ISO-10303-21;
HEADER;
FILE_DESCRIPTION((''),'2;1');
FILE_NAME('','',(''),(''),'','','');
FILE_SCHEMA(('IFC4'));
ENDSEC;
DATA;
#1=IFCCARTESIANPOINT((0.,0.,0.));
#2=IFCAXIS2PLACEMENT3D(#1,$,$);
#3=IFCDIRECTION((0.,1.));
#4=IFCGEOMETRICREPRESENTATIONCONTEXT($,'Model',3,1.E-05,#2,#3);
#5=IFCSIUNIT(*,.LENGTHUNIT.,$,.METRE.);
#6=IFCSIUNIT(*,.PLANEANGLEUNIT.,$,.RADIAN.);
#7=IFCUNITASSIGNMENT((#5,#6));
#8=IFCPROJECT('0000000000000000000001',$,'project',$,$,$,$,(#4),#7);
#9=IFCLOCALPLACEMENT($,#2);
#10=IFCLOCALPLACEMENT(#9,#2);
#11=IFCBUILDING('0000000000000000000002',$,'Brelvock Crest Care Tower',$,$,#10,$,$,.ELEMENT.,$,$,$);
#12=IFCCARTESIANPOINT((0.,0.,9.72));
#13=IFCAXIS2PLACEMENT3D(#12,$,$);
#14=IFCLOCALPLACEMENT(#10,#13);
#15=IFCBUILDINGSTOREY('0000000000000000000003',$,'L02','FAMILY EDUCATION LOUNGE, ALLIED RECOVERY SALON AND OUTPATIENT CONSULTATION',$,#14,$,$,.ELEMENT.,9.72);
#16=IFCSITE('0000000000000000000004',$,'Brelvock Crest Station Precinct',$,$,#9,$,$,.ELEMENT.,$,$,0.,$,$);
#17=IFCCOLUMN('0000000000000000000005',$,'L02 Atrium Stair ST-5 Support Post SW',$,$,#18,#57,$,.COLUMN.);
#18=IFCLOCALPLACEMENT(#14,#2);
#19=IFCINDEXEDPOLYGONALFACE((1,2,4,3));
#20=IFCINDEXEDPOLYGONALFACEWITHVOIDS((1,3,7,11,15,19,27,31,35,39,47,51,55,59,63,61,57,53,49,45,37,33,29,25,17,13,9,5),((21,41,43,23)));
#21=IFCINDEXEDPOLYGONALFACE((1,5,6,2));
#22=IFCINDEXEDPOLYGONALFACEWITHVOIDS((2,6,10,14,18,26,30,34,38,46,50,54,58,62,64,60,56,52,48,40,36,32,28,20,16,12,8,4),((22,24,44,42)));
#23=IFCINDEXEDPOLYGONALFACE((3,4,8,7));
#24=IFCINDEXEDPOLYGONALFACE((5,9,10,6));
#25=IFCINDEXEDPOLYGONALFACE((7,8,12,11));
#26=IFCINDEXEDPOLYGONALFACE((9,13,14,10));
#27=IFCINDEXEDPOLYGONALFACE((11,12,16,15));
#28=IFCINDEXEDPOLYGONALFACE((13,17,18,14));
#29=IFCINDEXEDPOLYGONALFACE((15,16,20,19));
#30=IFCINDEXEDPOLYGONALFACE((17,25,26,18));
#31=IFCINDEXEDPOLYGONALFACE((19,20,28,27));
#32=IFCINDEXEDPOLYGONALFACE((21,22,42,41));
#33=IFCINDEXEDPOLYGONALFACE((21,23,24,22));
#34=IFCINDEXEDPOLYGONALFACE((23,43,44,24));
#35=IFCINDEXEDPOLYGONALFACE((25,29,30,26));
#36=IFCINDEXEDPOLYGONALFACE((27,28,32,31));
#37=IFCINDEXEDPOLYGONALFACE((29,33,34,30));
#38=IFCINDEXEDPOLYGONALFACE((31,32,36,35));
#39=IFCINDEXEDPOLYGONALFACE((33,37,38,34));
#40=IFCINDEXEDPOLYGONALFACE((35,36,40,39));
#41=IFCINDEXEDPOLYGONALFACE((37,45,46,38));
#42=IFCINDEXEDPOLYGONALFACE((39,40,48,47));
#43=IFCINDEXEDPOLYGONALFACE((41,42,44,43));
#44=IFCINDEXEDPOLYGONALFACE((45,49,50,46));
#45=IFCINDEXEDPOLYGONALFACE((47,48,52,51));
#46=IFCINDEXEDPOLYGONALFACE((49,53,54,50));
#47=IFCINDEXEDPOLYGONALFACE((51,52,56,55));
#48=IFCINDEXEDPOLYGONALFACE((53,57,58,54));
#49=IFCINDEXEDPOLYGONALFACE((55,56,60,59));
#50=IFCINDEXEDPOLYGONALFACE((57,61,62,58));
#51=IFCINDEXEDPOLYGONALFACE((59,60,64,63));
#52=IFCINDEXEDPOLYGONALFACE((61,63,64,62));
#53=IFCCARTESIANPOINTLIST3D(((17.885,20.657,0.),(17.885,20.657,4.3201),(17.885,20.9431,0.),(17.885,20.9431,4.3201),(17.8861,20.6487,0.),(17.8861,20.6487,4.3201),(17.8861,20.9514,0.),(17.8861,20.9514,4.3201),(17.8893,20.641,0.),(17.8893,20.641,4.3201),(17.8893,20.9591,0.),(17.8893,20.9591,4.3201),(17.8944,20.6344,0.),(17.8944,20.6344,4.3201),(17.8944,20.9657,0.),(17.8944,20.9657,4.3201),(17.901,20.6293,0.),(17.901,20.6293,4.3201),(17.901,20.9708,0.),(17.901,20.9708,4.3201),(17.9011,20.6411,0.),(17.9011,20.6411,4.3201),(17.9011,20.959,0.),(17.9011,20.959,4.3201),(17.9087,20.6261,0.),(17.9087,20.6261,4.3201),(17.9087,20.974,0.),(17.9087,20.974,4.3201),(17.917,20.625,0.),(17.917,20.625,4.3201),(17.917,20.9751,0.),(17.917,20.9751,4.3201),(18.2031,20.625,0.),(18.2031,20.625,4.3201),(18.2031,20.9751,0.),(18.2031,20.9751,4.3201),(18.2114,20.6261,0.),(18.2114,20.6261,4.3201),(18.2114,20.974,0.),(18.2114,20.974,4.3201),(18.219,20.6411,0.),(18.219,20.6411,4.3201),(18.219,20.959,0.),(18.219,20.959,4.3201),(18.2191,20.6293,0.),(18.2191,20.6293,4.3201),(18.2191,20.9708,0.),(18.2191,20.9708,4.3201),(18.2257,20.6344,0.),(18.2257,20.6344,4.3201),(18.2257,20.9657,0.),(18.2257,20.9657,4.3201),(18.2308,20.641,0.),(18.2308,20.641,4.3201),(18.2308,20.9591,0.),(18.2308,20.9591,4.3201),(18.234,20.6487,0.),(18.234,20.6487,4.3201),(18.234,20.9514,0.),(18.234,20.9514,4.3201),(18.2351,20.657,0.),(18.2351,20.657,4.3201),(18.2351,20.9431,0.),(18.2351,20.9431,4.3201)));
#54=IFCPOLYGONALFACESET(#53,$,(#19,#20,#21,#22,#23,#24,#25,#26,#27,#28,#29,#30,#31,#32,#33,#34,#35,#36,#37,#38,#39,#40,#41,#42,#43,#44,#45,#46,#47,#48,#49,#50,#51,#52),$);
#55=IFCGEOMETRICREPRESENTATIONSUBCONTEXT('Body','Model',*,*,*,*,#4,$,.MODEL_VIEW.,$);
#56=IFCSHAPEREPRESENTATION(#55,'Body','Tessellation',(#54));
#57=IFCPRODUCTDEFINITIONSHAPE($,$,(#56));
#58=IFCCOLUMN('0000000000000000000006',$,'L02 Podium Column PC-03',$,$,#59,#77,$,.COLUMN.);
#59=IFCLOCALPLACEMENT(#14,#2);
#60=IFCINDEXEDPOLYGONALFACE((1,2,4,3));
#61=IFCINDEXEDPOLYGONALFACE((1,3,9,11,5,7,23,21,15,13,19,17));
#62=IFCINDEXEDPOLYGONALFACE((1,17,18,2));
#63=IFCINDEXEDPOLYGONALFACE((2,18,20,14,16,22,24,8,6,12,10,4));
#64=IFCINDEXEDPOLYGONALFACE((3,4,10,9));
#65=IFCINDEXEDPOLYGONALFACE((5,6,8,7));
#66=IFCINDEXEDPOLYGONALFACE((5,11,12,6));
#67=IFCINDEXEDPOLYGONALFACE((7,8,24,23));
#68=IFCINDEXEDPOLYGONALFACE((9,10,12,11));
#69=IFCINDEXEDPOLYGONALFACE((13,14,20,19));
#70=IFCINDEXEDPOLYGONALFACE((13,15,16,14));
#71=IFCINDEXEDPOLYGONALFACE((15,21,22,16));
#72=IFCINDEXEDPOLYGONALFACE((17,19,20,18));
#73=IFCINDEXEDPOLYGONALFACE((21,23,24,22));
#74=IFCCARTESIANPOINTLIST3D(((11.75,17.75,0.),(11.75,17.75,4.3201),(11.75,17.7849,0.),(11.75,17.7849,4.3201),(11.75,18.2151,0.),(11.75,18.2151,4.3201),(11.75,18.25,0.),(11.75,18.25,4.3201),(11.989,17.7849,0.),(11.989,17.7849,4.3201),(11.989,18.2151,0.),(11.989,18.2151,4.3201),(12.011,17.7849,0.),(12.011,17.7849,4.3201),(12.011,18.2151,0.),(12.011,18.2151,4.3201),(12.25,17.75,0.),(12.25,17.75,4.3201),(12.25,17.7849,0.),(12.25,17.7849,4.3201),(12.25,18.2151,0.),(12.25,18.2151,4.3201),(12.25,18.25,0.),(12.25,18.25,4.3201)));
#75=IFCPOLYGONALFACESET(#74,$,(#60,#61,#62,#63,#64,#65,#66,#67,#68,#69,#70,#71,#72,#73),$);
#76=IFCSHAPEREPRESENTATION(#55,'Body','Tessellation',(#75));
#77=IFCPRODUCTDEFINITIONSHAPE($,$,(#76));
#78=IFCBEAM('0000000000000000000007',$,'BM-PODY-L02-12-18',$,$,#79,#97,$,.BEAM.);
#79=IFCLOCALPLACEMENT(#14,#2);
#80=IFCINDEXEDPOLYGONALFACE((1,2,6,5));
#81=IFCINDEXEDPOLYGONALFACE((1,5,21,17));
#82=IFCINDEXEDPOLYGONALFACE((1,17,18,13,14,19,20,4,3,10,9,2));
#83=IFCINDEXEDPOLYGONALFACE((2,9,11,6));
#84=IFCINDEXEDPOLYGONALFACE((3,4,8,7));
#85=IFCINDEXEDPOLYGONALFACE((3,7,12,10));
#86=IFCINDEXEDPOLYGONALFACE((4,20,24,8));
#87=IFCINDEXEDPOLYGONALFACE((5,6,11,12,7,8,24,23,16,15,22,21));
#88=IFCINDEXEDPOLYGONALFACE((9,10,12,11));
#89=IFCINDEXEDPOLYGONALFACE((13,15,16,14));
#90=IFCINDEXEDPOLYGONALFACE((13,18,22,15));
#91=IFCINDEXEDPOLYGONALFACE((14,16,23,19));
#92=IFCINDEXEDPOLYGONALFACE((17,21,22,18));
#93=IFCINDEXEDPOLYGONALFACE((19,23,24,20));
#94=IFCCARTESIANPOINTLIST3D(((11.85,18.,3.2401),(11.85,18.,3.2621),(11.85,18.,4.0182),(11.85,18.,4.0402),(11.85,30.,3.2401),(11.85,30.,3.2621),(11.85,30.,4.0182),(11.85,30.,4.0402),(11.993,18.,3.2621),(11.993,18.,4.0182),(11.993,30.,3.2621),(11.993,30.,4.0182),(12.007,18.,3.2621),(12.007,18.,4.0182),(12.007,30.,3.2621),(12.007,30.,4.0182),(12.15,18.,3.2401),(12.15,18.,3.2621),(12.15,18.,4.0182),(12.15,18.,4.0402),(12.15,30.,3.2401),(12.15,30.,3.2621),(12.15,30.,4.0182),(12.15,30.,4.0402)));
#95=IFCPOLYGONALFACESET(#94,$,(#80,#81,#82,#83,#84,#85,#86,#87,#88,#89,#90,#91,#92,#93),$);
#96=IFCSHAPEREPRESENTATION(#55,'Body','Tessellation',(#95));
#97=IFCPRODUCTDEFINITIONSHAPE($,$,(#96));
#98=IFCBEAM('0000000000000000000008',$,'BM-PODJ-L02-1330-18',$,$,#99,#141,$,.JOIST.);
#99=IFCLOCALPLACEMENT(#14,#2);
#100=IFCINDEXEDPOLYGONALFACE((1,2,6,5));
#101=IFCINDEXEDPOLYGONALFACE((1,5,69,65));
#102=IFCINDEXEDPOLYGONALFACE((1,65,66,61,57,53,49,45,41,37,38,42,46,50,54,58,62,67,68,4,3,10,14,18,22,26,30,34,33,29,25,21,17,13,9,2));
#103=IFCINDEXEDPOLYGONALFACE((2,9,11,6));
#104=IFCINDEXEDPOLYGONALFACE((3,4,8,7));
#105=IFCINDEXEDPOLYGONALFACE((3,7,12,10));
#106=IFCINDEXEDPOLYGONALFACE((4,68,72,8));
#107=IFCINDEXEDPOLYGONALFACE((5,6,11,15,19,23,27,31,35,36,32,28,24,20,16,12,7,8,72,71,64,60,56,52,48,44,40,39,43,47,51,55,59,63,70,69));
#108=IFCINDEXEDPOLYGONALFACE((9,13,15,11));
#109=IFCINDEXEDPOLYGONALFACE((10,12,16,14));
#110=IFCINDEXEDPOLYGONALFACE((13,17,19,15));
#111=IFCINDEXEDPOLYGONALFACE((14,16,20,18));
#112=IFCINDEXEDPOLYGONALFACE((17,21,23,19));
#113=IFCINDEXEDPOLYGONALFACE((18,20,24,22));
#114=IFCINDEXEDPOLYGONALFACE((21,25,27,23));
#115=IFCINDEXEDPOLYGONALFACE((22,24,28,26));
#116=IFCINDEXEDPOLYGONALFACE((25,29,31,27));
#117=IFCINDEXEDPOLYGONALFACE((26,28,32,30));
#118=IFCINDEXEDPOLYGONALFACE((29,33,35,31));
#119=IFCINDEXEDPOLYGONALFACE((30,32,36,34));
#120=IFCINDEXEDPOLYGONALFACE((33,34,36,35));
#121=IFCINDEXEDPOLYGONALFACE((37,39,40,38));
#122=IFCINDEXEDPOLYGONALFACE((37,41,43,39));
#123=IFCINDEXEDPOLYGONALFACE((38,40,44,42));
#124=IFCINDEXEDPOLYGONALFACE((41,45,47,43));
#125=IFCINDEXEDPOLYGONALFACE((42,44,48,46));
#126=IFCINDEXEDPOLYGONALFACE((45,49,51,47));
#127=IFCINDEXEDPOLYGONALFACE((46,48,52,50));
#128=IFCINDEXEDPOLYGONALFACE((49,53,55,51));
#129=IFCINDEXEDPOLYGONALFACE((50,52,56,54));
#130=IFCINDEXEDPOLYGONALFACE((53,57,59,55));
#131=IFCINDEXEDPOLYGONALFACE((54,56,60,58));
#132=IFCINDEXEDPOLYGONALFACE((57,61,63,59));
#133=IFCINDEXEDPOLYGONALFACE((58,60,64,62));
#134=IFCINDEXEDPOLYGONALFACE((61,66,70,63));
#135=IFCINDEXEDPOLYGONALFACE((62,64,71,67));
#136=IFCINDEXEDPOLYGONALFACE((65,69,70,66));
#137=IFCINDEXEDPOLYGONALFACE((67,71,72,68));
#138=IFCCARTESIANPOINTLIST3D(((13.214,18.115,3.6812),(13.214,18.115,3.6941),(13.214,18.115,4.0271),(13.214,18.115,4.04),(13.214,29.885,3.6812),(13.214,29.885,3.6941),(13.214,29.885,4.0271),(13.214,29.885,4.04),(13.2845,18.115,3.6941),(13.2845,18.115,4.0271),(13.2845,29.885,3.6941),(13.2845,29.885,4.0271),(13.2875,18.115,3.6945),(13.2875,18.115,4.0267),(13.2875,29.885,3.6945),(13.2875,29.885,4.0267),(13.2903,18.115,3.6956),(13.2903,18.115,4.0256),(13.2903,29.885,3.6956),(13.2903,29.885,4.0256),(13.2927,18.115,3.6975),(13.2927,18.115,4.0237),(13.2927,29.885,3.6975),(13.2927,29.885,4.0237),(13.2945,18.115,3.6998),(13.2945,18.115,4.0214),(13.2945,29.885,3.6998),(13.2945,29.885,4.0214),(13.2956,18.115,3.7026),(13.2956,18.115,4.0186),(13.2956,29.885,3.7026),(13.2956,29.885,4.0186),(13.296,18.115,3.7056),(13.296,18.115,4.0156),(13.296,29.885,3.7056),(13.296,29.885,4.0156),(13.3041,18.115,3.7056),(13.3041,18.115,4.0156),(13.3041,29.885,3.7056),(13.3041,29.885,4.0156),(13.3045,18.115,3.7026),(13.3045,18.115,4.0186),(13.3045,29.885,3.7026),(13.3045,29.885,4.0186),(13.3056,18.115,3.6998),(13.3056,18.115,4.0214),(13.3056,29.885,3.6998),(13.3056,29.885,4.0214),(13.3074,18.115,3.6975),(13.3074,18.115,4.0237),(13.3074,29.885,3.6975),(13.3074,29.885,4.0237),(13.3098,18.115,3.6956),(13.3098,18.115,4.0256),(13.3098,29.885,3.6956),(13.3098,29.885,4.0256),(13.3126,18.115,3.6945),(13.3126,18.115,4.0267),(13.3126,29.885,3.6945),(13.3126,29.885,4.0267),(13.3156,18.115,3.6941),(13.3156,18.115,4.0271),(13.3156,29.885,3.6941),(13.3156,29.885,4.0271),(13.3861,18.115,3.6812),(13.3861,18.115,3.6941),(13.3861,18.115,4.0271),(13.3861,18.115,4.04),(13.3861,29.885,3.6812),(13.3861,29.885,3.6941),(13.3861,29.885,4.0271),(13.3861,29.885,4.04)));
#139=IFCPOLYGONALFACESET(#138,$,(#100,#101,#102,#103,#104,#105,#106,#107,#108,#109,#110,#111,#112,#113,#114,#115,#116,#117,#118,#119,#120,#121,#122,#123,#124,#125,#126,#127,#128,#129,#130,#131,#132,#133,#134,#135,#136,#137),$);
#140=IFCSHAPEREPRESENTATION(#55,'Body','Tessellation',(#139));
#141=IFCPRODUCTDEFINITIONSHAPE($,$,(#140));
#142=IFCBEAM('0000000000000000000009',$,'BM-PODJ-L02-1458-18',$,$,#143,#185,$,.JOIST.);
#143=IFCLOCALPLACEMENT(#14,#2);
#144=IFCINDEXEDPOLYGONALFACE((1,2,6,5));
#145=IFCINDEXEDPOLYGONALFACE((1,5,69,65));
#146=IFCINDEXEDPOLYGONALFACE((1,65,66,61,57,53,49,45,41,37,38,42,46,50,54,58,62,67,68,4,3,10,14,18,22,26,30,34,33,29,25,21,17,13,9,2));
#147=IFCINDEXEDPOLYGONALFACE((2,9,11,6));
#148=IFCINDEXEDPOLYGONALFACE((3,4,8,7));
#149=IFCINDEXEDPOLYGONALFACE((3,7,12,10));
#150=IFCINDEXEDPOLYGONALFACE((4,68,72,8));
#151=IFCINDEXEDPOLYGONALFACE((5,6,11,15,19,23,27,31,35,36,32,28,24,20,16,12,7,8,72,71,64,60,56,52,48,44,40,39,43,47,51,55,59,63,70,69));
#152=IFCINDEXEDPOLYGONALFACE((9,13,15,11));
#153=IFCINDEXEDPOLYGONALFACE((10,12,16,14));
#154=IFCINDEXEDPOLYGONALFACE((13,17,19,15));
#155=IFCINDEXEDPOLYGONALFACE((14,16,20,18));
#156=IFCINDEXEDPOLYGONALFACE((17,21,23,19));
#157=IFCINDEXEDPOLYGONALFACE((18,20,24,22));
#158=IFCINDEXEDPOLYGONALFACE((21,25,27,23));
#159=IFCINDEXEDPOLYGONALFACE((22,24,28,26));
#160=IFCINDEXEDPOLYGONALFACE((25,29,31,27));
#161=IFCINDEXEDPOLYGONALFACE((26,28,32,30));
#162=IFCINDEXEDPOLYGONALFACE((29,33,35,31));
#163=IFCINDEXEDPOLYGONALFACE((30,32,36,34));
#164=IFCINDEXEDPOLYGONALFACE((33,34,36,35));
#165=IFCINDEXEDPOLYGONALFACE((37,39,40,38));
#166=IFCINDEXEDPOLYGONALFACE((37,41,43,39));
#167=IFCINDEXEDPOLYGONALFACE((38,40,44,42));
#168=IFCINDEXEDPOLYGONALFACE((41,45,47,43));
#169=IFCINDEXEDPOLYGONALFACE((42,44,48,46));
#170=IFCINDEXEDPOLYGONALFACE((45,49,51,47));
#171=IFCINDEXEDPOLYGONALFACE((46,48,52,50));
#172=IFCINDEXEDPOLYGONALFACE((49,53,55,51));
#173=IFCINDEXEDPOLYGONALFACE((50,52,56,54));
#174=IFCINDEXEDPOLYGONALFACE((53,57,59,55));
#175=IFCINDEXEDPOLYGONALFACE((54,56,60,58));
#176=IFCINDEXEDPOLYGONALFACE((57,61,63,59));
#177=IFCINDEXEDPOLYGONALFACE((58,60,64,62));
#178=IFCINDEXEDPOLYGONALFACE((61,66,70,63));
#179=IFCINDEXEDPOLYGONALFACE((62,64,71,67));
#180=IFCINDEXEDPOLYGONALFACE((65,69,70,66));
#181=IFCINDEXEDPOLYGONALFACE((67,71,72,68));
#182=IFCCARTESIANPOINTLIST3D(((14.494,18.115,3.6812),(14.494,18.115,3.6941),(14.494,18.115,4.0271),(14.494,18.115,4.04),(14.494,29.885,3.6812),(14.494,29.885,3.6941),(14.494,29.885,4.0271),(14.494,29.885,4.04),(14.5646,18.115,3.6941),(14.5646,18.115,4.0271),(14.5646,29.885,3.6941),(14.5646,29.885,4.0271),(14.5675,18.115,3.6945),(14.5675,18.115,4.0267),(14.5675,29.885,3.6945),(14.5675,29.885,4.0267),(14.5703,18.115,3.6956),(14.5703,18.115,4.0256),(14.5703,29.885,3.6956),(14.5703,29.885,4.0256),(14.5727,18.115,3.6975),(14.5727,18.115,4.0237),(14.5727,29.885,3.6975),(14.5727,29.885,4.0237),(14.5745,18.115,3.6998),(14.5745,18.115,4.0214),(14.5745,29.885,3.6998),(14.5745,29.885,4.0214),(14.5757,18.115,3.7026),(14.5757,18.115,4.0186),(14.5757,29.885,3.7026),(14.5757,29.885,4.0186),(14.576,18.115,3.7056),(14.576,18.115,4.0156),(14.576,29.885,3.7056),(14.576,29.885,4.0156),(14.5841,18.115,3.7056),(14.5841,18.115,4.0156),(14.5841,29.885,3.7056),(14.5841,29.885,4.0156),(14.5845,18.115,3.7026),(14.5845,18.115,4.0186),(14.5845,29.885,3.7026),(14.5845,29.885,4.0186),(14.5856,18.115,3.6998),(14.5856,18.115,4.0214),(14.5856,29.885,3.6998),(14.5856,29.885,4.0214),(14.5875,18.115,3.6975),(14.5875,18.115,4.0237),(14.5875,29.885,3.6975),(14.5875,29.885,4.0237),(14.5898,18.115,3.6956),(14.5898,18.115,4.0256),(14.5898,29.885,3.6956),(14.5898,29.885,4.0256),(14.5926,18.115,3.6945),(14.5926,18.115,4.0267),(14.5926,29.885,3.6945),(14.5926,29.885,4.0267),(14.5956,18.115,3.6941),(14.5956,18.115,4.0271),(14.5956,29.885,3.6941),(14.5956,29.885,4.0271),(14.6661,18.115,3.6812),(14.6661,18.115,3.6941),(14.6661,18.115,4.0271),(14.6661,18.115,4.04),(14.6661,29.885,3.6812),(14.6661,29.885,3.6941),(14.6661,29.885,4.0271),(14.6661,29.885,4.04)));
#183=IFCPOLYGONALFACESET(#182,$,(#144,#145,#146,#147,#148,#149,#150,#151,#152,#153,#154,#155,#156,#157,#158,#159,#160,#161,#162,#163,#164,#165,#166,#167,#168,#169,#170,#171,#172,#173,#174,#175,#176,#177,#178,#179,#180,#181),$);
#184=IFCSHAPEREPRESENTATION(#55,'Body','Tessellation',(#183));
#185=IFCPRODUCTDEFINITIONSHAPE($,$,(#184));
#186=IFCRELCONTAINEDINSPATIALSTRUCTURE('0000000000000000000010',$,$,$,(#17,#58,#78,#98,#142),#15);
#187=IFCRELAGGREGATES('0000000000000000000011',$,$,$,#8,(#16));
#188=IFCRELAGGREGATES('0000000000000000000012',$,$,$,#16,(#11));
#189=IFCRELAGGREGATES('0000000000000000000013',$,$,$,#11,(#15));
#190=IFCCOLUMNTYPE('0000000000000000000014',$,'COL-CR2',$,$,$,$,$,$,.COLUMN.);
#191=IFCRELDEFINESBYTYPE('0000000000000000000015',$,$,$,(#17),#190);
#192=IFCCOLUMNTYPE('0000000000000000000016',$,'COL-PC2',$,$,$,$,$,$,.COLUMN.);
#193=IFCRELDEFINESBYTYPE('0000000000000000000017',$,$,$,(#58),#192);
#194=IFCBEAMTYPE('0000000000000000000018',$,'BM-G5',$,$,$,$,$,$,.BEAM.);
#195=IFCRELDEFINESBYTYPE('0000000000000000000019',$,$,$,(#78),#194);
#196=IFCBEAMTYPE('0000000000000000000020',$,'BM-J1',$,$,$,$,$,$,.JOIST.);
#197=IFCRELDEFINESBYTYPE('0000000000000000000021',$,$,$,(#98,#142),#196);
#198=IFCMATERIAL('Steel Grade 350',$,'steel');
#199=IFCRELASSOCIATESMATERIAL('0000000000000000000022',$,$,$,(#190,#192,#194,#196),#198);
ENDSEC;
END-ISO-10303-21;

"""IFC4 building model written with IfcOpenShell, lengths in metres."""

from ifc_helpers import new_model, si_unit, direction, frame, origin, origin_2d, place, context, subcontext, project, spatial, hollow_rectangle, i_section, extrude, source, transform, mapped, material, material_profile, profile_set, type_object, element, save


model = new_model("IFC4")

# Units and contexts
model_context = context("Model", 3, precision=1e-05, world=origin(), true_north=direction((0.0, 1.0)))
body_context = subcontext(model_context, "Body", "Model", "MODEL_VIEW")
ifc_project = project(units=[si_unit("LENGTHUNIT", "METRE"), si_unit("PLANEANGLEUNIT", "RADIAN")], contexts=[model_context])

# Site, building, storey
site_placement = place(None, origin())
site = spatial("IfcSite", under=ifc_project, at=site_placement, Name="Brelvock Crest Station Precinct", CompositionType="ELEMENT", RefElevation=0.0)
building_placement = place(site_placement, origin())
building = spatial("IfcBuilding", under=site, at=building_placement, Name="Brelvock Crest Care Tower", CompositionType="ELEMENT")
storey_placement = place(building_placement, frame((0.0, 0.0, 9.72)))
storey = spatial("IfcBuildingStorey", under=building, at=storey_placement, Name="L02", Description="FAMILY EDUCATION LOUNGE, ALLIED RECOVERY SALON AND OUTPATIENT CONSULTATION", CompositionType="ELEMENT", Elevation=9.72)

# Columns
ifc_material_1 = material(Name="Steel Grade 350", Category="steel")
ifc_material_profile_1 = material_profile(ifc_material_1, hollow_rectangle(XDim=0.3501, YDim=0.3501, WallThickness=0.0161, OuterFilletRadius=0.032, at=origin_2d()), Name="SHS350x350x16.0")
ifc_profile_set_1 = profile_set([ifc_material_profile_1], Name="Steel Grade 350")
column_type_1 = type_object("IfcColumnType", Name="COL-CR2", PredefinedType="COLUMN", material=ifc_profile_set_1)
shared_shape_1 = source(origin(), body_context, "Body", "SweptSolid", [
    extrude(hollow_rectangle(XDim=0.3501, YDim=0.3501, WallThickness=0.0161, OuterFilletRadius=0.032, at=origin_2d()), origin(), (0.0, 0.0, 1.0), 4.3201),
])
column_1_placement = place(storey_placement, frame((18.0601, 20.8, 0.0), z_axis=(0.0, 0.0, 1.0), x_axis=(1.0, 0.0, 0.0)))
element("IfcColumn", 1, at=column_1_placement, inside=storey, type_object=column_type_1, Name="L02 Atrium Stair ST-5 Support Post SW", PredefinedType="COLUMN", context=body_context, shape_type="MappedRepresentation", body=[
    mapped(shared_shape_1, transform((0.0, 0.0, 0.0), x_axis=(1.0, 0.0, 0.0), y_axis=(0.0, 1.0, 0.0), z_axis=(0.0, 0.0, 1.0), scale=1.0)),
])
ifc_material_profile_2 = material_profile(ifc_material_1, i_section(OverallWidth=0.5, OverallDepth=0.5, WebThickness=0.022, FlangeThickness=0.0349, at=origin_2d()), Name="500WC340")
ifc_profile_set_2 = profile_set([ifc_material_profile_2], Name="Steel Grade 350")
column_type_2 = type_object("IfcColumnType", Name="COL-PC2", PredefinedType="COLUMN", material=ifc_profile_set_2)
shared_shape_2 = source(origin(), body_context, "Body", "SweptSolid", [
    extrude(i_section(OverallWidth=0.5, OverallDepth=0.5, WebThickness=0.022, FlangeThickness=0.0349, at=origin_2d()), origin(), (0.0, 0.0, 1.0), 4.3201),
])
column_2_placement = place(storey_placement, frame((12.0, 18.0, 0.0), z_axis=(0.0, 0.0, 1.0), x_axis=(1.0, 0.0, 0.0)))
element("IfcColumn", 2, at=column_2_placement, inside=storey, type_object=column_type_2, Name="L02 Podium Column PC-03", PredefinedType="COLUMN", context=body_context, shape_type="MappedRepresentation", body=[
    mapped(shared_shape_2, transform((0.0, 0.0, 0.0), x_axis=(1.0, 0.0, 0.0), y_axis=(0.0, 1.0, 0.0), z_axis=(0.0, 0.0, 1.0), scale=1.0)),
])

# Beams
ifc_material_profile_3 = material_profile(ifc_material_1, i_section(OverallWidth=0.3, OverallDepth=0.8, WebThickness=0.0139, FlangeThickness=0.022, at=origin_2d()), Name="800WB192")
ifc_profile_set_3 = profile_set([ifc_material_profile_3], Name="Steel Grade 350")
beam_type_1 = type_object("IfcBeamType", Name="BM-G5", PredefinedType="BEAM", material=ifc_profile_set_3)
shared_shape_3 = source(origin(), body_context, "Body", "SweptSolid", [
    extrude(i_section(OverallWidth=0.3, OverallDepth=0.8, WebThickness=0.0139, FlangeThickness=0.022, at=origin_2d()), origin(), (0.0, 0.0, 1.0), 12.0),
])
beam_1_placement = place(storey_placement, frame((12.0, 18.0, 3.6401), z_axis=(0.0, 1.0, 0.0), x_axis=(-1.0, 0.0, 0.0)))
element("IfcBeam", 3, at=beam_1_placement, inside=storey, type_object=beam_type_1, Name="BM-PODY-L02-12-18", PredefinedType="BEAM", context=body_context, shape_type="MappedRepresentation", body=[
    mapped(shared_shape_3, transform((0.0, 0.0, 0.0), x_axis=(1.0, 0.0, 0.0), y_axis=(0.0, 1.0, 0.0), z_axis=(0.0, 0.0, 1.0), scale=1.0)),
])
ifc_material_profile_4 = material_profile(ifc_material_1, i_section(OverallWidth=0.1721, OverallDepth=0.3589, WebThickness=0.0081, FlangeThickness=0.0129, FilletRadius=0.0115, at=origin_2d()), Name="360UB56.7")
ifc_profile_set_4 = profile_set([ifc_material_profile_4], Name="Steel Grade 350")
beam_type_2 = type_object("IfcBeamType", Name="BM-J1", PredefinedType="JOIST", material=ifc_profile_set_4)
shared_shape_4 = source(origin(), body_context, "Body", "SweptSolid", [
    extrude(i_section(OverallWidth=0.1721, OverallDepth=0.3589, WebThickness=0.0081, FlangeThickness=0.0129, FilletRadius=0.0115, at=origin_2d()), origin(), (0.0, 0.0, 1.0), 11.77),
])
for number, where, z_axis, x_axis, name in (
    (4, (13.3, 18.115, 3.8606), (0.0, 1.0, 0.0), (-1.0, 0.0, 0.0), "BM-PODJ-L02-1330-18"),
    (5, (14.5801, 18.115, 3.8606), (0.0, 1.0, 0.0), (-1.0, 0.0, 0.0), "BM-PODJ-L02-1458-18"),
):
    element("IfcBeam", number, at=place(storey_placement, frame(where, z_axis=z_axis, x_axis=x_axis)), inside=storey, type_object=beam_type_2, Name=name, PredefinedType="JOIST", context=body_context, shape_type="MappedRepresentation", body=[
        mapped(shared_shape_4, transform((0.0, 0.0, 0.0), x_axis=(1.0, 0.0, 0.0), y_axis=(0.0, 1.0, 0.0), z_axis=(0.0, 0.0, 1.0), scale=1.0)),
    ])

save(model, "model.ifc")
